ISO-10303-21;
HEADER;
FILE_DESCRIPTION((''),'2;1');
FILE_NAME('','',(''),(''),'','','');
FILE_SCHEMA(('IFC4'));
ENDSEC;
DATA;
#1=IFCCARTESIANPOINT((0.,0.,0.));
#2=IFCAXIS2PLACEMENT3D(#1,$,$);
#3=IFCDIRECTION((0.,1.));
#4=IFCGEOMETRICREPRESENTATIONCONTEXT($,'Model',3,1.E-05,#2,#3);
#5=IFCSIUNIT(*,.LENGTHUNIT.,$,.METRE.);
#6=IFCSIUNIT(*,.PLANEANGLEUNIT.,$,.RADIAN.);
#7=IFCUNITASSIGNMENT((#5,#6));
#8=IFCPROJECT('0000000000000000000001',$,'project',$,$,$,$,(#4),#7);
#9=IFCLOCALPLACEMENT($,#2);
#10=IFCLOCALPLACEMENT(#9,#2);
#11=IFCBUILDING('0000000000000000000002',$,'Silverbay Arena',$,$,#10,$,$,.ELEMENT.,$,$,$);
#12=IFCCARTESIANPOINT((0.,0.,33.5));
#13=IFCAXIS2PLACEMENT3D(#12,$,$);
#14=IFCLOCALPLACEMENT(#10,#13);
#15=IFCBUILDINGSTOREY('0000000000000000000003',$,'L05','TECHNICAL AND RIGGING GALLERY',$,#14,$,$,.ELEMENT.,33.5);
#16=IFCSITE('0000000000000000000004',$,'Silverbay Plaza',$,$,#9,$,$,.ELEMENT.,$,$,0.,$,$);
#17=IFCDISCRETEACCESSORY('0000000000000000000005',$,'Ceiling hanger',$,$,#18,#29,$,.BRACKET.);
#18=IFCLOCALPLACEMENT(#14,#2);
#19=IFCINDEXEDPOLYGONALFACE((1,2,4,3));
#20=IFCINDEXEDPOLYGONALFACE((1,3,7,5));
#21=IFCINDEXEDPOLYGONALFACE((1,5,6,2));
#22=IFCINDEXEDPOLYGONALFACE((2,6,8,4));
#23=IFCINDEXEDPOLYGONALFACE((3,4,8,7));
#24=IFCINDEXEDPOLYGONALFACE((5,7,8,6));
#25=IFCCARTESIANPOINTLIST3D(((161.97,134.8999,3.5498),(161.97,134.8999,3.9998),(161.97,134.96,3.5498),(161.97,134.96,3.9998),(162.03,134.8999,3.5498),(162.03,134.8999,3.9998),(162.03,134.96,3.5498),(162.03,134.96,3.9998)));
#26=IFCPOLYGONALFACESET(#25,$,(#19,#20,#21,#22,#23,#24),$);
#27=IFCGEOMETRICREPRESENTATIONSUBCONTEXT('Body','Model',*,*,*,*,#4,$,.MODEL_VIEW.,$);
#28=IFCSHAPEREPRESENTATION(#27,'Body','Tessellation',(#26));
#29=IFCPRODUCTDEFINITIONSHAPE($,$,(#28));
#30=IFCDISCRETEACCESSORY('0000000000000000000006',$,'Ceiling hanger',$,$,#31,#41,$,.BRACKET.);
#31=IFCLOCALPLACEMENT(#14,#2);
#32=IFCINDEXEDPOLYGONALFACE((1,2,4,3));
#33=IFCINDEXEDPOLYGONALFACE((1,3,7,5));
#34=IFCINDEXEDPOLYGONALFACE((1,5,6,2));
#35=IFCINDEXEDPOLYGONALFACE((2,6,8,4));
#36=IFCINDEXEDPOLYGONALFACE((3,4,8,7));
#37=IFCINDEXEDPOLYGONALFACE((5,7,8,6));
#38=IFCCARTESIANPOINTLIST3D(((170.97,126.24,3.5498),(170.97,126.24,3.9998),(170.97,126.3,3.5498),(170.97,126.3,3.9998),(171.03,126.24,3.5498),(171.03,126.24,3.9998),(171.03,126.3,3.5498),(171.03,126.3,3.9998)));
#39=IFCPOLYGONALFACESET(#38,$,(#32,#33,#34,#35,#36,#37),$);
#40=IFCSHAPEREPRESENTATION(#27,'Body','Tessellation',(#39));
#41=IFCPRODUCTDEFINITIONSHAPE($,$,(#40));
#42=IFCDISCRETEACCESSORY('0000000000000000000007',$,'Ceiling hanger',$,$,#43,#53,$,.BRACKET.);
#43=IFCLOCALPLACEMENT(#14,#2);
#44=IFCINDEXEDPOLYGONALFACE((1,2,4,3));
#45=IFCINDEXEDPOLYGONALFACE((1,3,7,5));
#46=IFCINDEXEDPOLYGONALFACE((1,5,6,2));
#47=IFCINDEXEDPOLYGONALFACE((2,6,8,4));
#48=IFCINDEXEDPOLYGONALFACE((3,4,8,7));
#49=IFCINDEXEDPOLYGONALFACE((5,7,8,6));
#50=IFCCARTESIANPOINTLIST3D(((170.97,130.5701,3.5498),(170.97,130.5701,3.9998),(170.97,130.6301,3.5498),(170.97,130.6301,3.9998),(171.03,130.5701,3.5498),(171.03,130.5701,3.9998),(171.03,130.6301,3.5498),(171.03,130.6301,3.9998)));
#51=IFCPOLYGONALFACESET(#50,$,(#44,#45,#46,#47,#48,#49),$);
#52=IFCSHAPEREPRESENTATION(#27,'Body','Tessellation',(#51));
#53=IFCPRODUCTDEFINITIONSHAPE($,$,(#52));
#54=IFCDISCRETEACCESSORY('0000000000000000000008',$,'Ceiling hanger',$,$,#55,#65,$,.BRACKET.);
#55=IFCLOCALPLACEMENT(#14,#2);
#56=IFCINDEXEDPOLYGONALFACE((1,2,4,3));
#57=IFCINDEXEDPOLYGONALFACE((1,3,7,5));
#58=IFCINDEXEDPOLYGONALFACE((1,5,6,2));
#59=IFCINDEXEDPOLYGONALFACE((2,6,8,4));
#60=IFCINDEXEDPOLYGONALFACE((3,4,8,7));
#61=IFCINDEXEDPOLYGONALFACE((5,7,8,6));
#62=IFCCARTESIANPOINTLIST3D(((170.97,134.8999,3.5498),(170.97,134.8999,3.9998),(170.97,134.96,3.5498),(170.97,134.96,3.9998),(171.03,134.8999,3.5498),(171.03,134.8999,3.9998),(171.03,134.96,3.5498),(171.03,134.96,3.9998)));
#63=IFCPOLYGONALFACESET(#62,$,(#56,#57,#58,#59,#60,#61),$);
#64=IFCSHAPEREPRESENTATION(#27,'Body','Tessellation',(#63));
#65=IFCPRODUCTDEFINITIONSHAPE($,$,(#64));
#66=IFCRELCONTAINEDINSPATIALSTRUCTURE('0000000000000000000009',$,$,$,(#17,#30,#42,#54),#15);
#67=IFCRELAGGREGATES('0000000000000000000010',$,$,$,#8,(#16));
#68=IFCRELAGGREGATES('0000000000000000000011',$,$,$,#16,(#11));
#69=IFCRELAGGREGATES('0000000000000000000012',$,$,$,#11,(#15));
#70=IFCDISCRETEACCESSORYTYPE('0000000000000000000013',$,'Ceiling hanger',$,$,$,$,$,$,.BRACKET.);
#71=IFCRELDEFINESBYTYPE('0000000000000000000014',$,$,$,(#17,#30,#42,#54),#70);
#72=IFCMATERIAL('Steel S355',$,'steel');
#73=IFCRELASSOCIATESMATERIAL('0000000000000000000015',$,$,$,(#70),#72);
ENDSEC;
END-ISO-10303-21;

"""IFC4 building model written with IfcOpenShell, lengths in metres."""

from ifc_helpers import new_model, si_unit, direction, frame, origin, origin_2d, place, context, subcontext, project, spatial, rectangle, extrude, material, type_object, element, save


model = new_model("IFC4")

# Units and contexts
model_context = context("Model", 3, precision=1e-05, world=origin(), true_north=direction((0.0, 1.0)))
body_context = subcontext(model_context, "Body", "Model", "MODEL_VIEW")
ifc_project = project(units=[si_unit("LENGTHUNIT", "METRE"), si_unit("PLANEANGLEUNIT", "RADIAN")], contexts=[model_context])

# Site, building, storey
site_placement = place(None, origin())
site = spatial("IfcSite", under=ifc_project, at=site_placement, Name="Silverbay Plaza", CompositionType="ELEMENT", RefElevation=0.0)
building_placement = place(site_placement, origin())
building = spatial("IfcBuilding", under=site, at=building_placement, Name="Silverbay Arena", CompositionType="ELEMENT")
storey_placement = place(building_placement, frame((0.0, 0.0, 33.5)))
storey = spatial("IfcBuildingStorey", under=building, at=storey_placement, Name="L05", Description="TECHNICAL AND RIGGING GALLERY", CompositionType="ELEMENT", Elevation=33.5)

# Discrete accessories
ifc_material_1 = material(Name="Steel S355", Category="steel")
discrete_accessory_type = type_object("IfcDiscreteAccessoryType", Name="Ceiling hanger", PredefinedType="BRACKET", material=ifc_material_1)
for number, where, z_axis, x_axis, name in (
    (1, (162.0, 134.9299, 3.5498), (0.0, 0.0, 1.0), (1.0, 0.0, 0.0), "Ceiling hanger"),
    (2, (171.0, 126.27, 3.5498), (0.0, 0.0, 1.0), (1.0, 0.0, 0.0), "Ceiling hanger"),
    (3, (171.0, 130.6001, 3.5498), (0.0, 0.0, 1.0), (1.0, 0.0, 0.0), "Ceiling hanger"),
    (4, (171.0, 134.9299, 3.5498), (0.0, 0.0, 1.0), (1.0, 0.0, 0.0), "Ceiling hanger"),
):
    element("IfcDiscreteAccessory", number, at=place(storey_placement, frame(where, z_axis=z_axis, x_axis=x_axis)), inside=storey, type_object=discrete_accessory_type, Name=name, PredefinedType="BRACKET", context=body_context, shape_type="SweptSolid", body=[
        extrude(rectangle(XDim=0.0601, YDim=0.0601, at=origin_2d()), origin(), (0.0, 0.0, 1.0), 0.45),
    ])

save(model, "model.ifc")
